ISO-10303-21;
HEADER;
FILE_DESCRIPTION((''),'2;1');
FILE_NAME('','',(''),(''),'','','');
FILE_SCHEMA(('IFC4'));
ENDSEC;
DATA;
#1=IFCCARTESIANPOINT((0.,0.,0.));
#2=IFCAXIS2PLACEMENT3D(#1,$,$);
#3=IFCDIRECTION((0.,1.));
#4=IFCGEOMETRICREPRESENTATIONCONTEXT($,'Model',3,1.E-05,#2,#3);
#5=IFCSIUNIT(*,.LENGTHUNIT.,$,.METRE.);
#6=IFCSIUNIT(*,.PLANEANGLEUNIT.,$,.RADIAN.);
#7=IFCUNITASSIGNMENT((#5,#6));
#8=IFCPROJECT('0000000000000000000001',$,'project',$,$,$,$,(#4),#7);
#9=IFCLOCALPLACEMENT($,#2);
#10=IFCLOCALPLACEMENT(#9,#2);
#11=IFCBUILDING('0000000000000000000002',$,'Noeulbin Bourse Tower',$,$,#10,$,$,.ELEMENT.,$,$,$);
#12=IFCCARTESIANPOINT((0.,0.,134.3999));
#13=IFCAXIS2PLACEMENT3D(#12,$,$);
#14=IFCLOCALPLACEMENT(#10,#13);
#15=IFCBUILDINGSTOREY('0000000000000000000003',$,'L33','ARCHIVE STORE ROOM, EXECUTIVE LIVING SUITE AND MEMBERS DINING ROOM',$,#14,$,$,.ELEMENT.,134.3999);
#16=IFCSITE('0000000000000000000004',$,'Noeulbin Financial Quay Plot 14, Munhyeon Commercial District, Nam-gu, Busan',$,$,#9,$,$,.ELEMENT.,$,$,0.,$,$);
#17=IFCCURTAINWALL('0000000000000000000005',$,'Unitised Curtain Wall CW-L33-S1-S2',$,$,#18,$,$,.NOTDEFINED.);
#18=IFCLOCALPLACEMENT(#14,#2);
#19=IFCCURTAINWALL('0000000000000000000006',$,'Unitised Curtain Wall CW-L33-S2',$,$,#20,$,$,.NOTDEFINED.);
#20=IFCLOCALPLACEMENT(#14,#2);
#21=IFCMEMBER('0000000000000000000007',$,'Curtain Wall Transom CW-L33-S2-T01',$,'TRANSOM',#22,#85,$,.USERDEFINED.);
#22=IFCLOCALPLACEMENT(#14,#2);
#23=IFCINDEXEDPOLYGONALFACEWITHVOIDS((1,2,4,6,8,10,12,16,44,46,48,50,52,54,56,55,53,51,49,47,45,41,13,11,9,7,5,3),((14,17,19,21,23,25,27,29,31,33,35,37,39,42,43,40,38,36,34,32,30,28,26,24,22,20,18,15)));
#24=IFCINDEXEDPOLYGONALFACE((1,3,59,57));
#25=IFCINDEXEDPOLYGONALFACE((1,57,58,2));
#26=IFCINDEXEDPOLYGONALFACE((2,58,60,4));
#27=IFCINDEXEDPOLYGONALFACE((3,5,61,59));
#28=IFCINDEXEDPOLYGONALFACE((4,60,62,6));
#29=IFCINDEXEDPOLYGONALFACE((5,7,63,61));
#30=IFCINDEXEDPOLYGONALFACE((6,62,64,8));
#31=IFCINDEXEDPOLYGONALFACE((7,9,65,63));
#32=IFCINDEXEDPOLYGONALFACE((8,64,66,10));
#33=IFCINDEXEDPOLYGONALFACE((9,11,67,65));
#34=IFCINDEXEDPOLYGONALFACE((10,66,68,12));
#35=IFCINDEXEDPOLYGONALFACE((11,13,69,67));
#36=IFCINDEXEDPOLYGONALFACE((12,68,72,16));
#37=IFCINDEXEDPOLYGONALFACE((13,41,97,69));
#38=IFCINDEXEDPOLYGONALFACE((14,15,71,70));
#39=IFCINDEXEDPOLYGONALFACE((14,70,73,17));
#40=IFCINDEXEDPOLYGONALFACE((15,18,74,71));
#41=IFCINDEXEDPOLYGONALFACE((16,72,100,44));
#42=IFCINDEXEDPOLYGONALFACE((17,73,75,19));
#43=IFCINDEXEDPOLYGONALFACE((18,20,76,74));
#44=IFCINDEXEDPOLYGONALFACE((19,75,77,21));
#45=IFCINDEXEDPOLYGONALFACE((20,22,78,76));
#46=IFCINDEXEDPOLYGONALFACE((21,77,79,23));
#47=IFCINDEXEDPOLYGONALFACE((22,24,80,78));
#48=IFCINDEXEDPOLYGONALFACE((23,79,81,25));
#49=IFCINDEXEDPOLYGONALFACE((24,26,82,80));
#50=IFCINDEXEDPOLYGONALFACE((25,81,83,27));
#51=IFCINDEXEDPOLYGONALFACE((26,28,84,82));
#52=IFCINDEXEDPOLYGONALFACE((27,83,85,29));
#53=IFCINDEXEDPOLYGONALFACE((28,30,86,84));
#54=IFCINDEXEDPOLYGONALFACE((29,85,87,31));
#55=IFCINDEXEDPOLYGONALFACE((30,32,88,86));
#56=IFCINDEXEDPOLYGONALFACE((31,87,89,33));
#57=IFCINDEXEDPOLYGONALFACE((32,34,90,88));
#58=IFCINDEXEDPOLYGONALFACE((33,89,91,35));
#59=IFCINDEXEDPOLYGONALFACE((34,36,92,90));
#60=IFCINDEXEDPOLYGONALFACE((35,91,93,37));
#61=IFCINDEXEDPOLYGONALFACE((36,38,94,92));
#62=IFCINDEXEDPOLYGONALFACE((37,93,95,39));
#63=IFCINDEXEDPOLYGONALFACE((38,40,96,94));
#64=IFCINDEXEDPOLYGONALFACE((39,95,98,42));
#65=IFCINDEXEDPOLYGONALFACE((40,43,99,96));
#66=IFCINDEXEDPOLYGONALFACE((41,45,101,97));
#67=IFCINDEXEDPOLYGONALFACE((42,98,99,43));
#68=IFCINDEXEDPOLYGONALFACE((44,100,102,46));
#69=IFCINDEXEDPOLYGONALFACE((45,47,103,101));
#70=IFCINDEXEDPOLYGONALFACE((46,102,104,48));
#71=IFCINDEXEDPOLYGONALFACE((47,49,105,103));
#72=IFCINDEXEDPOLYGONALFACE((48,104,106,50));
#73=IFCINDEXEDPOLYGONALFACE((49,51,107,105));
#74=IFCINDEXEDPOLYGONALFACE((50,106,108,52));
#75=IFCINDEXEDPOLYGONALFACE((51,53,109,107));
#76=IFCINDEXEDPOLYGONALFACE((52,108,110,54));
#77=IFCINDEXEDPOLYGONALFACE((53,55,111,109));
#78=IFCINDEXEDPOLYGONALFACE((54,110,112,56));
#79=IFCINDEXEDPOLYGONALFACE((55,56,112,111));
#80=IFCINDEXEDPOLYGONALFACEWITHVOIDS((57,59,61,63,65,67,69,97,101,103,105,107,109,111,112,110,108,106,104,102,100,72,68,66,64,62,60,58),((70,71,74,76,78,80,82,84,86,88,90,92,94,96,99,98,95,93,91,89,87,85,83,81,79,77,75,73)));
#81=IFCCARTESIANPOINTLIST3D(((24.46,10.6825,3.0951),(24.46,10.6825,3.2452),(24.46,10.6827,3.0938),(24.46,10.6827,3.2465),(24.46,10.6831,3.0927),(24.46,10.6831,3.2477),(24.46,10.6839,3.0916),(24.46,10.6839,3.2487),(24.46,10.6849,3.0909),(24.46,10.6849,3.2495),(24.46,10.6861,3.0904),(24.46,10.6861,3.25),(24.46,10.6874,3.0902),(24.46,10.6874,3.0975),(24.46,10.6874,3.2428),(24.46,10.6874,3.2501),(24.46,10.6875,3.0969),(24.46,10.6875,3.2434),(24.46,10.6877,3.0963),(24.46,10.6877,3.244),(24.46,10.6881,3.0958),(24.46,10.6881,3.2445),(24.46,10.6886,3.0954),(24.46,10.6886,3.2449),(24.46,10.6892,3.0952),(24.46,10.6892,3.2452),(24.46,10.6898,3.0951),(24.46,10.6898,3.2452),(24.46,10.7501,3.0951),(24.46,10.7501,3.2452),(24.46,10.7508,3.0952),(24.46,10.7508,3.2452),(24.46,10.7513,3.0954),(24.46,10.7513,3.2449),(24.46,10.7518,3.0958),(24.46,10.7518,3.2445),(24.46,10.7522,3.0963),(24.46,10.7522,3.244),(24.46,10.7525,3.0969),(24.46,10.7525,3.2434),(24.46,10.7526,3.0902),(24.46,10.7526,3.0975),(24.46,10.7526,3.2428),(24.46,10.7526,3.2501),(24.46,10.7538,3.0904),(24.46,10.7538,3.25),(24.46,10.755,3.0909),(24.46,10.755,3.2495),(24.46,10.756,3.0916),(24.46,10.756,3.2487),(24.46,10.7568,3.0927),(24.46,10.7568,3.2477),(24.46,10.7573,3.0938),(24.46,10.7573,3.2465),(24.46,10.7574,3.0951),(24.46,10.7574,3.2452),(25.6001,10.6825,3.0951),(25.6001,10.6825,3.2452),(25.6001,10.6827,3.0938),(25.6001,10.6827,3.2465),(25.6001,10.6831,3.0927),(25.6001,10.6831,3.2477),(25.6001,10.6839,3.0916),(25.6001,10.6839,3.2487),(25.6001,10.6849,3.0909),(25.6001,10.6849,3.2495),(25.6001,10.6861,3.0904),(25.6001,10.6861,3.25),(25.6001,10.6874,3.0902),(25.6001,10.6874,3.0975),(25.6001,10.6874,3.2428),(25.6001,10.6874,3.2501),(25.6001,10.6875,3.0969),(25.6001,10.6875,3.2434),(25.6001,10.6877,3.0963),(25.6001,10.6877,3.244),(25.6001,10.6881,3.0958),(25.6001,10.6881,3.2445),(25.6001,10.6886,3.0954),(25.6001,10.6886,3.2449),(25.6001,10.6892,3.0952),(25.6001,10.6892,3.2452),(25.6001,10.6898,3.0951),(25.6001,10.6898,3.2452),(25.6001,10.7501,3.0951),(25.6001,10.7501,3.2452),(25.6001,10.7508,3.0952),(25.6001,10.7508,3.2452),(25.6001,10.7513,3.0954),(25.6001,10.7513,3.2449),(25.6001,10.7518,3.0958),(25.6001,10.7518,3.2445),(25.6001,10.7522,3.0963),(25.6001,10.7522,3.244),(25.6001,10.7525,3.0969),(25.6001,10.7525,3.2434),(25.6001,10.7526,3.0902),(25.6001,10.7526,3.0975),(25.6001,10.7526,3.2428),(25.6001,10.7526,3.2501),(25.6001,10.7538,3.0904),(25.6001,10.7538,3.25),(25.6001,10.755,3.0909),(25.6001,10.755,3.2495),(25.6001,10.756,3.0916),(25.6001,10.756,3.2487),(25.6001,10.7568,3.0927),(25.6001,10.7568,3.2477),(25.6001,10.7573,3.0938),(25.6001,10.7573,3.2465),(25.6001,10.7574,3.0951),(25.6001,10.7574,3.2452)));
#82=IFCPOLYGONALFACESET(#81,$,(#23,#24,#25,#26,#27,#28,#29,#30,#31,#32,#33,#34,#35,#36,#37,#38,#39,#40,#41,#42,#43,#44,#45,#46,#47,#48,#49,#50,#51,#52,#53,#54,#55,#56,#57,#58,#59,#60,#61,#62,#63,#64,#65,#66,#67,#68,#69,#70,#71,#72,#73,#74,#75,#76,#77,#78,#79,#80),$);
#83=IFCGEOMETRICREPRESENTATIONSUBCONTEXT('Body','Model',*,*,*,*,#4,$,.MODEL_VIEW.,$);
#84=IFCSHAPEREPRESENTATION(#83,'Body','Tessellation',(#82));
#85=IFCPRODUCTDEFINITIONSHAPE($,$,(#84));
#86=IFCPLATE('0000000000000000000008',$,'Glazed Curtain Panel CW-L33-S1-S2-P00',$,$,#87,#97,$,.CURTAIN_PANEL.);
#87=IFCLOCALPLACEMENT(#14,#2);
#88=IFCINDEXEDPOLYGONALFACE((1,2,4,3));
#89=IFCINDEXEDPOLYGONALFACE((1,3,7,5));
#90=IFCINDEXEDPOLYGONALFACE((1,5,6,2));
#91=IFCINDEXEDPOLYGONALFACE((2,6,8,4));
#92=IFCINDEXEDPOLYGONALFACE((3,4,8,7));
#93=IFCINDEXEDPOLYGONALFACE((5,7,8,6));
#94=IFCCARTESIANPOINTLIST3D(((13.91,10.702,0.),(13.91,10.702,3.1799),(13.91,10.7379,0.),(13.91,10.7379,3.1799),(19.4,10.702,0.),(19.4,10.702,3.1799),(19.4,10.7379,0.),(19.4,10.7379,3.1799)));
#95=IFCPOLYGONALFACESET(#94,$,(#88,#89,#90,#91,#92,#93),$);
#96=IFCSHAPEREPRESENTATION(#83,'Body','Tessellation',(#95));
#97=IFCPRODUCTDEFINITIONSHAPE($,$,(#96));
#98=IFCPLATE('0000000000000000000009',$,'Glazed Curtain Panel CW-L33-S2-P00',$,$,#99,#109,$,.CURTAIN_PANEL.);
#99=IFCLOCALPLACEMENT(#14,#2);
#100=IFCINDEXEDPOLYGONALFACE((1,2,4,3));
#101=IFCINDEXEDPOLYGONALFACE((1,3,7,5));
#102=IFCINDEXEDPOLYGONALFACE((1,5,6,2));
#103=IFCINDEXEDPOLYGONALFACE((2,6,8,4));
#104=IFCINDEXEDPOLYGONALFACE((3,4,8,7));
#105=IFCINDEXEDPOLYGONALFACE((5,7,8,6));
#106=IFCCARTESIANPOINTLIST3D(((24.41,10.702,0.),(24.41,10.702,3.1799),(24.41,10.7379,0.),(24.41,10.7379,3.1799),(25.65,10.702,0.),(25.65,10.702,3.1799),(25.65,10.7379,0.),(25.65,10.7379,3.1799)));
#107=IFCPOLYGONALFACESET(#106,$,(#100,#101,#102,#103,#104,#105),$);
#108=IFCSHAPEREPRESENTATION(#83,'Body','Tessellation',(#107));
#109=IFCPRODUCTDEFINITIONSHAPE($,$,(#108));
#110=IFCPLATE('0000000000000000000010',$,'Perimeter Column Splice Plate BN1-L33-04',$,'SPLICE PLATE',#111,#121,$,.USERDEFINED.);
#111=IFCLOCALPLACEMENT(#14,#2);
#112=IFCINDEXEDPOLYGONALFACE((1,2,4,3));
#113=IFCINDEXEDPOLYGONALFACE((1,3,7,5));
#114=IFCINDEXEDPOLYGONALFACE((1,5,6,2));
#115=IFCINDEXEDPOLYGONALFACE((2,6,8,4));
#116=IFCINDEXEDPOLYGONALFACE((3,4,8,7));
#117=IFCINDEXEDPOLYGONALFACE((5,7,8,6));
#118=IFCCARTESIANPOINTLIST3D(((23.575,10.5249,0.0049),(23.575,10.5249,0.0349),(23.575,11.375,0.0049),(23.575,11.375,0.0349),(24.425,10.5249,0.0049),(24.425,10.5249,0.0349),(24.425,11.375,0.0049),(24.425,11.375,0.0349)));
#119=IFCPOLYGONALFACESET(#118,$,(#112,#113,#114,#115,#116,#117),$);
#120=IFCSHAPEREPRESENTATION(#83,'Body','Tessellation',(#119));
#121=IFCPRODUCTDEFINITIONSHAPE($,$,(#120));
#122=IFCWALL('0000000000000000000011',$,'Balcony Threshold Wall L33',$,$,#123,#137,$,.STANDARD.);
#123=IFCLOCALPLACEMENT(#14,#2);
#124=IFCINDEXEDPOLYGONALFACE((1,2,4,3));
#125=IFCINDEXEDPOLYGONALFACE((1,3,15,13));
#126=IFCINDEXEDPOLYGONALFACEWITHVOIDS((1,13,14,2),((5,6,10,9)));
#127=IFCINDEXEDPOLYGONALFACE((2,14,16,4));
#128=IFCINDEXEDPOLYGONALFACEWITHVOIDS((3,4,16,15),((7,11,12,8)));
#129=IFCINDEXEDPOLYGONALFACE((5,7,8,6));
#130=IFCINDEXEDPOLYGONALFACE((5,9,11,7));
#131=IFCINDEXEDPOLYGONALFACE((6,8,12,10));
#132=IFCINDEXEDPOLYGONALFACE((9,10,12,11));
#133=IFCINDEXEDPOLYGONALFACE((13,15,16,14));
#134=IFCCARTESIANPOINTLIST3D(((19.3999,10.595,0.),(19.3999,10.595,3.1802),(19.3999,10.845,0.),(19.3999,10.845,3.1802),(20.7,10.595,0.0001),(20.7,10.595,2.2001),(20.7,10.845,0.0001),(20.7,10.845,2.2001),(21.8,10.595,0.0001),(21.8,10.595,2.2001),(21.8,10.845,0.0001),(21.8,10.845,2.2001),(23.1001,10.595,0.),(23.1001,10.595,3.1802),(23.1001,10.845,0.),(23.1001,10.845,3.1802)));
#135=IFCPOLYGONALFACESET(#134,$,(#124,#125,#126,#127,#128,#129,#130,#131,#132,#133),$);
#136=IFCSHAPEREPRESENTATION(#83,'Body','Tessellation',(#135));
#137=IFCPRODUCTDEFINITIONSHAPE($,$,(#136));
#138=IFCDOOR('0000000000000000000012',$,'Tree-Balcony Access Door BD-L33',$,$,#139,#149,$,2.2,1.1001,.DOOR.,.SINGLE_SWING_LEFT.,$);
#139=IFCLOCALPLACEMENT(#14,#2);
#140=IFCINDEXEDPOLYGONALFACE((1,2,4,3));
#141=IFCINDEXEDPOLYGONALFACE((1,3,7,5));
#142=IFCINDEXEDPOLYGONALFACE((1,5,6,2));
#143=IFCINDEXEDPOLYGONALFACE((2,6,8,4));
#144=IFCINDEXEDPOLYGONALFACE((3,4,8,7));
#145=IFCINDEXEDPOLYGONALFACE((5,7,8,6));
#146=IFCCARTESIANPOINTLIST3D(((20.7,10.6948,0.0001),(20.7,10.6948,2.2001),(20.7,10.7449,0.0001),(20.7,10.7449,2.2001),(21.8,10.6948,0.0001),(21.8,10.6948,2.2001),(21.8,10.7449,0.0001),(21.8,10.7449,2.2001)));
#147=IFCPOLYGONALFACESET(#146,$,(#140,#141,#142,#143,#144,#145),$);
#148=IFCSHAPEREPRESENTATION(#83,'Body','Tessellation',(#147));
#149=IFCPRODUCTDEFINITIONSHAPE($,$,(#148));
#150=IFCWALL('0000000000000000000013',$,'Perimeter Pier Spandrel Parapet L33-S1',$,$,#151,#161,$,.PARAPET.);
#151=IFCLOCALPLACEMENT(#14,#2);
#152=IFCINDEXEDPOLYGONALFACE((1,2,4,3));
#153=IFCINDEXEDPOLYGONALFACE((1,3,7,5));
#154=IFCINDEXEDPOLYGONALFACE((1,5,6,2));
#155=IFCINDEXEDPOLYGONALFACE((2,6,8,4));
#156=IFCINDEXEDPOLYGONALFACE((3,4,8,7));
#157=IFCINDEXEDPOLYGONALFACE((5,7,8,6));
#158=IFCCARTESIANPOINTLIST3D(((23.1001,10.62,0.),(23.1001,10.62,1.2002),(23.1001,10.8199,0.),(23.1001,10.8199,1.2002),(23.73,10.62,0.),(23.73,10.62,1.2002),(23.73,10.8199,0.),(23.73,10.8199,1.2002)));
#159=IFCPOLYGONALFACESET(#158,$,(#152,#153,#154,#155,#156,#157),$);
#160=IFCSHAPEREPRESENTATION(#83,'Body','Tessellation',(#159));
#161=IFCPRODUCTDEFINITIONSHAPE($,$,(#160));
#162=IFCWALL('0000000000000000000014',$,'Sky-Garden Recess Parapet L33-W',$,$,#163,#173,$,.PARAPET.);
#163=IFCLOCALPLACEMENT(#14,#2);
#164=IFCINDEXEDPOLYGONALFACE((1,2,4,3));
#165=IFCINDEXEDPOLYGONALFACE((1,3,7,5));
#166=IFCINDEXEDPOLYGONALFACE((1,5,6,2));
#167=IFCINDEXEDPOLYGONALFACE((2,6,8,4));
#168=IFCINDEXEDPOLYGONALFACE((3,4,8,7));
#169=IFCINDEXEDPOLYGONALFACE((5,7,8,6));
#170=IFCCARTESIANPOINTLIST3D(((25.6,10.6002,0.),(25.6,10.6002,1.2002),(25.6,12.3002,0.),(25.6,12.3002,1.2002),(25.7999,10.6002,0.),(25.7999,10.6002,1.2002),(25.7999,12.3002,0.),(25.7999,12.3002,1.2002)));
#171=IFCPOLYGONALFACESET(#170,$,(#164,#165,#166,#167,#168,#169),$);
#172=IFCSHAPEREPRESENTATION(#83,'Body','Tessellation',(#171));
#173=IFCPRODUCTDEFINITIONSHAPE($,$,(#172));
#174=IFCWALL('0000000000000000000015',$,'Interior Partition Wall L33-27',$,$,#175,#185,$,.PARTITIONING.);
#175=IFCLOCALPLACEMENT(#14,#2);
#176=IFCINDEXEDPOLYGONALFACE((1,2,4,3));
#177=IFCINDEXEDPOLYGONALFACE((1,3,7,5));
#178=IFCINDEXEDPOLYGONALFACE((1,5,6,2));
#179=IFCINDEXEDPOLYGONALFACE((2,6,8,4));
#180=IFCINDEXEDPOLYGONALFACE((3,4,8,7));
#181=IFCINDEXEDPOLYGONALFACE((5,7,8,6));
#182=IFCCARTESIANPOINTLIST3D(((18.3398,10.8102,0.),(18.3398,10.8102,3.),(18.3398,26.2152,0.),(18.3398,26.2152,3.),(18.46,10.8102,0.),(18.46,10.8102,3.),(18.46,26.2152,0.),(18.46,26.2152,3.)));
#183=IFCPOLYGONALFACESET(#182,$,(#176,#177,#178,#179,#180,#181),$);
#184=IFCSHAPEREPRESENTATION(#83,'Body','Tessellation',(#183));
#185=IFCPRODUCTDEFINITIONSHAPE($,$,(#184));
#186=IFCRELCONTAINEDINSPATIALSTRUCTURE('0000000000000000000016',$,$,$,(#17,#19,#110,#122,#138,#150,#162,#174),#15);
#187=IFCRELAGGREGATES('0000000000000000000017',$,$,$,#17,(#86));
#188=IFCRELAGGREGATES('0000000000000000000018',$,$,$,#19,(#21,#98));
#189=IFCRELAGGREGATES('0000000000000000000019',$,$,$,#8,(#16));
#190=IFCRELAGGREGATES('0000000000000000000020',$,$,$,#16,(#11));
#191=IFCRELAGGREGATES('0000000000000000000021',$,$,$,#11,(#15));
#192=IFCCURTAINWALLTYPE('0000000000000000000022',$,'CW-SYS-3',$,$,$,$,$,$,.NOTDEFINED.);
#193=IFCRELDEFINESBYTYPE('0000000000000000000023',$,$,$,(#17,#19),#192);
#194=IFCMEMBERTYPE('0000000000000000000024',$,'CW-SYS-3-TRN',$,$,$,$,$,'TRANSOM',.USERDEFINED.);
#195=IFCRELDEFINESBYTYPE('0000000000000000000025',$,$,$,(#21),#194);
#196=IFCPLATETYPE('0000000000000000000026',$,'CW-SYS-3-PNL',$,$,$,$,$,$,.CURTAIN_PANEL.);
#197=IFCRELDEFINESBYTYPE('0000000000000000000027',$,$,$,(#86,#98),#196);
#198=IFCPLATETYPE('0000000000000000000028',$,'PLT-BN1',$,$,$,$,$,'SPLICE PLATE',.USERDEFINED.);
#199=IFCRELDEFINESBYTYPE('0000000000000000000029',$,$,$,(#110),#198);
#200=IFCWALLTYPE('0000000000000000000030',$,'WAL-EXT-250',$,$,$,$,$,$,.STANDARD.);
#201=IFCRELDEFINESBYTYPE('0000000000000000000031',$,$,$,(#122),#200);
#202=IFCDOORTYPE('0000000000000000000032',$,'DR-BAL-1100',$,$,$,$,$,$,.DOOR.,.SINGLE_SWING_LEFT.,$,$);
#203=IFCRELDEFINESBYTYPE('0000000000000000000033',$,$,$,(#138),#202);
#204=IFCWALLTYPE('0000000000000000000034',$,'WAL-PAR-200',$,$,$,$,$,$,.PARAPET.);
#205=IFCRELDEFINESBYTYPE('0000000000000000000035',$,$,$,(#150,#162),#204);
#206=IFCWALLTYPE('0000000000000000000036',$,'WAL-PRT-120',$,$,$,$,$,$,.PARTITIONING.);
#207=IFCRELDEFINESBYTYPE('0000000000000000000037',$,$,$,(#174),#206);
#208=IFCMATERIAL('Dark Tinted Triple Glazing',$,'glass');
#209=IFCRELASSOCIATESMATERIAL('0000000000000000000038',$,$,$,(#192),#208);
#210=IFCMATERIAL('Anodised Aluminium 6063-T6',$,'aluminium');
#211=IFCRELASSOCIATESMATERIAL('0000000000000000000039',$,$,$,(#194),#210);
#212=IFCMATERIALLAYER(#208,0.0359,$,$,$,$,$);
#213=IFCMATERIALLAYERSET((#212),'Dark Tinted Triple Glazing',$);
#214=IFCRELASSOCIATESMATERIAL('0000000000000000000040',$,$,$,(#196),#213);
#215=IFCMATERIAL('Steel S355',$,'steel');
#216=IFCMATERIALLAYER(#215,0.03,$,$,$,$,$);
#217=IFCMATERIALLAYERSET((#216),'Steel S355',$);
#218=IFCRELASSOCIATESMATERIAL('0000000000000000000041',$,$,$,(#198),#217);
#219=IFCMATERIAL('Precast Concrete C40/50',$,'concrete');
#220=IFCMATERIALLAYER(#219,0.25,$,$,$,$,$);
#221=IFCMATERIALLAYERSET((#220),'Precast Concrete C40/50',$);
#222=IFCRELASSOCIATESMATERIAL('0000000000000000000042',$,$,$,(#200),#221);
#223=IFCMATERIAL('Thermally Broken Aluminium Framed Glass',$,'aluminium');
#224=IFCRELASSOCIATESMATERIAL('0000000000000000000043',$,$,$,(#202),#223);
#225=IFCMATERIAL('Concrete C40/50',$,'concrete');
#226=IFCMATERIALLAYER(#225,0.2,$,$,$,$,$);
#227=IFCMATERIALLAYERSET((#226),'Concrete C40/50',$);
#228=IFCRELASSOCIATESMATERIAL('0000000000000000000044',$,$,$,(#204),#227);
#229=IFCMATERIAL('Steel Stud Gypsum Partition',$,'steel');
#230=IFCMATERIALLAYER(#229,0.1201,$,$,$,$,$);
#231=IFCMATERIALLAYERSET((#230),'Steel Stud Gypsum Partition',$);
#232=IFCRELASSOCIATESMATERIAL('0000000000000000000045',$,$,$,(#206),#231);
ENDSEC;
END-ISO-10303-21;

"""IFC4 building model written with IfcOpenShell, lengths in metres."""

from ifc_helpers import new_model, si_unit, direction, frame, frame_2d, origin, origin_2d, place, context, subcontext, project, spatial, rectangle, hollow_rectangle, extrude, material, layer, layer_set, material_profile, profile_set, type_object, element, fill, aggregate, save


model = new_model("IFC4")

# Units and contexts
model_context = context("Model", 3, precision=1e-05, world=origin(), true_north=direction((0.0, 1.0)))
body_context = subcontext(model_context, "Body", "Model", "MODEL_VIEW")
ifc_project = project(units=[si_unit("LENGTHUNIT", "METRE"), si_unit("PLANEANGLEUNIT", "RADIAN")], contexts=[model_context])

# Site, building, storey
site_placement = place(None, origin())
site = spatial("IfcSite", under=ifc_project, at=site_placement, Name="Noeulbin Financial Quay Plot 14, Munhyeon Commercial District, Nam-gu, Busan", CompositionType="ELEMENT", RefElevation=0.0)
building_placement = place(site_placement, origin())
building = spatial("IfcBuilding", under=site, at=building_placement, Name="Noeulbin Bourse Tower", CompositionType="ELEMENT")
storey_placement = place(building_placement, frame((0.0, 0.0, 134.3999)))
storey = spatial("IfcBuildingStorey", under=building, at=storey_placement, Name="L33", Description="ARCHIVE STORE ROOM, EXECUTIVE LIVING SUITE AND MEMBERS DINING ROOM", CompositionType="ELEMENT", Elevation=134.3999)

# Shared definitions
ifc_material_1 = material(Name="Steel S355", Category="steel")

# Curtain wall
ifc_material_2 = material(Name="Dark Tinted Triple Glazing", Category="glass")
curtain_wall_type = type_object("IfcCurtainWallType", Name="CW-SYS-3", PredefinedType="NOTDEFINED", material=ifc_material_2)
curtain_wall_1_placement = place(storey_placement, origin())
curtain_wall_1 = element("IfcCurtainWall", 1, at=curtain_wall_1_placement, inside=storey, type_object=curtain_wall_type, Name="Unitised Curtain Wall CW-L33-S1-S2", PredefinedType="NOTDEFINED")
ifc_material_3 = material(Name="Anodised Aluminium 6063-T6", Category="aluminium")

# Curtain wall, member
curtain_wall_2_placement = place(storey_placement, origin())
curtain_wall_2 = element("IfcCurtainWall", 2, at=curtain_wall_2_placement, inside=storey, type_object=curtain_wall_type, Name="Unitised Curtain Wall CW-L33-S2", PredefinedType="NOTDEFINED")
ifc_material_profile_1 = material_profile(ifc_material_3, hollow_rectangle(XDim=0.075, YDim=0.1599, WallThickness=0.0049, InnerFilletRadius=0.0024, OuterFilletRadius=0.0049, at=origin_2d()), Name="ALU-TRAN-75x160x5", Category="LoadBearing")
ifc_profile_set_1 = profile_set([ifc_material_profile_1], Name="Anodised Aluminium 6063-T6")
member_type_1 = type_object("IfcMemberType", Name="CW-SYS-3-TRN", ElementType="TRANSOM", PredefinedType="USERDEFINED", material=ifc_profile_set_1)
member_1_placement = place(storey_placement, frame((24.46, 10.72, 3.1702), z_axis=(1.0, 0.0, 0.0), x_axis=(0.0, 1.0, 0.0)))
member_1 = element("IfcMember", 3, at=member_1_placement, type_object=member_type_1, Name="Curtain Wall Transom CW-L33-S2-T01", ObjectType="TRANSOM", PredefinedType="USERDEFINED", context=body_context, shape_type="SweptSolid", body=[
    extrude(hollow_rectangle(XDim=0.075, YDim=0.1599, WallThickness=0.0049, InnerFilletRadius=0.0024, OuterFilletRadius=0.0049, at=origin_2d()), origin(), (0.0, 0.0, 1.0), 1.1401),
])

# Plates
ifc_layer_1 = layer(ifc_material_2, 0.0359)
ifc_layer_set_1 = layer_set([ifc_layer_1], Name="Dark Tinted Triple Glazing")
plate_type_1 = type_object("IfcPlateType", Name="CW-SYS-3-PNL", PredefinedType="CURTAIN_PANEL", material=ifc_layer_set_1)
plate_1_placement = place(storey_placement, frame((16.655, 10.72, 0.0), z_axis=(0.0, 0.0, 1.0), x_axis=(1.0, 0.0, 0.0)))
plate_1 = element("IfcPlate", 4, at=plate_1_placement, type_object=plate_type_1, Name="Glazed Curtain Panel CW-L33-S1-S2-P00", PredefinedType="CURTAIN_PANEL", context=body_context, shape_type="SweptSolid", body=[
    extrude(rectangle(XDim=5.49, YDim=0.0359, at=origin_2d()), origin(), (0.0, 0.0, 1.0), 3.1799),
])
aggregate(curtain_wall_1, [plate_1])
plate_2_placement = place(storey_placement, frame((25.03, 10.72, 0.0), z_axis=(0.0, 0.0, 1.0), x_axis=(1.0, 0.0, 0.0)))
plate_2 = element("IfcPlate", 5, at=plate_2_placement, type_object=plate_type_1, Name="Glazed Curtain Panel CW-L33-S2-P00", PredefinedType="CURTAIN_PANEL", context=body_context, shape_type="SweptSolid", body=[
    extrude(rectangle(XDim=1.24, YDim=0.0359, at=origin_2d()), origin(), (0.0, 0.0, 1.0), 3.1799),
])
aggregate(curtain_wall_2, [member_1, plate_2])
ifc_layer_2 = layer(ifc_material_1, 0.03)
ifc_layer_set_2 = layer_set([ifc_layer_2], Name="Steel S355")
plate_type_2 = type_object("IfcPlateType", Name="PLT-BN1", ElementType="SPLICE PLATE", PredefinedType="USERDEFINED", material=ifc_layer_set_2)
plate_3_placement = place(storey_placement, frame((24.0, 10.95, 0.0049), z_axis=(0.0, 0.0, 1.0), x_axis=(1.0, 0.0, 0.0)))
element("IfcPlate", 6, at=plate_3_placement, inside=storey, type_object=plate_type_2, Name="Perimeter Column Splice Plate BN1-L33-04", ObjectType="SPLICE PLATE", PredefinedType="USERDEFINED", context=body_context, shape_type="SweptSolid", body=[
    extrude(rectangle(XDim=0.8501, YDim=0.8501, at=origin_2d()), origin(), (0.0, 0.0, 1.0), 0.03),
])

# Wall, opening, door
ifc_material_4 = material(Name="Precast Concrete C40/50", Category="concrete")
ifc_layer_3 = layer(ifc_material_4, 0.25)
ifc_layer_set_3 = layer_set([ifc_layer_3], Name="Precast Concrete C40/50")
wall_type_1 = type_object("IfcWallType", Name="WAL-EXT-250", PredefinedType="STANDARD", material=ifc_layer_set_3)
wall_1_placement = place(storey_placement, frame((19.3999, 10.72, 0.0), z_axis=(0.0, 0.0, 1.0), x_axis=(1.0, 0.0, 0.0)))
wall_1 = element("IfcWall", 7, at=wall_1_placement, inside=storey, type_object=wall_type_1, Name="Balcony Threshold Wall L33", PredefinedType="STANDARD", context=body_context, shape_type="SweptSolid", body=[
    extrude(rectangle(XDim=3.7002, YDim=0.25, at=frame_2d((1.8501, 0.0))), origin(), (0.0, 0.0, 1.0), 3.1802),
])
opening_placement = place(wall_1_placement, frame((1.3, 0.0, 0.0)))
opening = element("IfcOpeningElement", 8, at=opening_placement, cuts=wall_1, PredefinedType="OPENING", context=body_context, shape_type="SweptSolid", body=[
    extrude(rectangle(XDim=1.1001, YDim=2.2, at=frame_2d((0.55, 1.1001))), frame((0.0, 0.135, 0.0), z_axis=(0.0, -1.0, 0.0), x_axis=(1.0, 0.0, 0.0)), (0.0, 0.0, 1.0), 0.27),
])
ifc_material_5 = material(Name="Thermally Broken Aluminium Framed Glass", Category="aluminium")
door_type = type_object("IfcDoorType", Name="DR-BAL-1100", OperationType="SINGLE_SWING_LEFT", PredefinedType="DOOR", material=ifc_material_5)
door_placement = place(opening_placement, origin())
door = element("IfcDoor", 9, at=door_placement, inside=storey, type_object=door_type, Name="Tree-Balcony Access Door BD-L33", OperationType="SINGLE_SWING_LEFT", OverallHeight=2.2, OverallWidth=1.1001, PredefinedType="DOOR", context=body_context, shape_type="SweptSolid", body=[
    extrude(rectangle(XDim=1.1001, YDim=2.2, at=frame_2d((0.55, 1.1001))), frame((0.0, 0.0249, 0.0), z_axis=(0.0, -1.0, 0.0), x_axis=(1.0, 0.0, 0.0)), (0.0, 0.0, 1.0), 0.05),
])
fill(opening, door)

# Walls
ifc_material_6 = material(Name="Concrete C40/50", Category="concrete")
ifc_layer_4 = layer(ifc_material_6, 0.2)
ifc_layer_set_4 = layer_set([ifc_layer_4], Name="Concrete C40/50")
wall_type_2 = type_object("IfcWallType", Name="WAL-PAR-200", PredefinedType="PARAPET", material=ifc_layer_set_4)
wall_2_placement = place(storey_placement, frame((23.1001, 10.72, 0.0), z_axis=(0.0, 0.0, 1.0), x_axis=(1.0, 0.0, 0.0)))
element("IfcWall", 10, at=wall_2_placement, inside=storey, type_object=wall_type_2, Name="Perimeter Pier Spandrel Parapet L33-S1", PredefinedType="PARAPET", context=body_context, shape_type="SweptSolid", body=[
    extrude(rectangle(XDim=0.6299, YDim=0.2, at=frame_2d((0.3149, 0.0))), origin(), (0.0, 0.0, 1.0), 1.2002),
])
wall_3_placement = place(storey_placement, frame((25.7, 10.6001, 0.0), z_axis=(0.0, 0.0, 1.0), x_axis=(0.0, 1.0, 0.0)))
element("IfcWall", 11, at=wall_3_placement, inside=storey, type_object=wall_type_2, Name="Sky-Garden Recess Parapet L33-W", PredefinedType="PARAPET", context=body_context, shape_type="SweptSolid", body=[
    extrude(rectangle(XDim=1.7, YDim=0.2, at=frame_2d((0.8501, 0.0))), origin(), (0.0, 0.0, 1.0), 1.2002),
])
ifc_material_7 = material(Name="Steel Stud Gypsum Partition", Category="steel")
ifc_layer_5 = layer(ifc_material_7, 0.1201)
ifc_layer_set_5 = layer_set([ifc_layer_5], Name="Steel Stud Gypsum Partition")
wall_type_3 = type_object("IfcWallType", Name="WAL-PRT-120", PredefinedType="PARTITIONING", material=ifc_layer_set_5)
wall_4_placement = place(storey_placement, frame((18.3999, 10.8101, 0.0), z_axis=(0.0, 0.0, 1.0), x_axis=(0.0, 1.0, 0.0)))
element("IfcWall", 12, at=wall_4_placement, inside=storey, type_object=wall_type_3, Name="Interior Partition Wall L33-27", PredefinedType="PARTITIONING", context=body_context, shape_type="SweptSolid", body=[
    extrude(rectangle(XDim=15.405, YDim=0.1201, at=frame_2d((7.7026, 0.0))), origin(), (0.0, 0.0, 1.0), 3.0),
])

save(model, "model.ifc")
